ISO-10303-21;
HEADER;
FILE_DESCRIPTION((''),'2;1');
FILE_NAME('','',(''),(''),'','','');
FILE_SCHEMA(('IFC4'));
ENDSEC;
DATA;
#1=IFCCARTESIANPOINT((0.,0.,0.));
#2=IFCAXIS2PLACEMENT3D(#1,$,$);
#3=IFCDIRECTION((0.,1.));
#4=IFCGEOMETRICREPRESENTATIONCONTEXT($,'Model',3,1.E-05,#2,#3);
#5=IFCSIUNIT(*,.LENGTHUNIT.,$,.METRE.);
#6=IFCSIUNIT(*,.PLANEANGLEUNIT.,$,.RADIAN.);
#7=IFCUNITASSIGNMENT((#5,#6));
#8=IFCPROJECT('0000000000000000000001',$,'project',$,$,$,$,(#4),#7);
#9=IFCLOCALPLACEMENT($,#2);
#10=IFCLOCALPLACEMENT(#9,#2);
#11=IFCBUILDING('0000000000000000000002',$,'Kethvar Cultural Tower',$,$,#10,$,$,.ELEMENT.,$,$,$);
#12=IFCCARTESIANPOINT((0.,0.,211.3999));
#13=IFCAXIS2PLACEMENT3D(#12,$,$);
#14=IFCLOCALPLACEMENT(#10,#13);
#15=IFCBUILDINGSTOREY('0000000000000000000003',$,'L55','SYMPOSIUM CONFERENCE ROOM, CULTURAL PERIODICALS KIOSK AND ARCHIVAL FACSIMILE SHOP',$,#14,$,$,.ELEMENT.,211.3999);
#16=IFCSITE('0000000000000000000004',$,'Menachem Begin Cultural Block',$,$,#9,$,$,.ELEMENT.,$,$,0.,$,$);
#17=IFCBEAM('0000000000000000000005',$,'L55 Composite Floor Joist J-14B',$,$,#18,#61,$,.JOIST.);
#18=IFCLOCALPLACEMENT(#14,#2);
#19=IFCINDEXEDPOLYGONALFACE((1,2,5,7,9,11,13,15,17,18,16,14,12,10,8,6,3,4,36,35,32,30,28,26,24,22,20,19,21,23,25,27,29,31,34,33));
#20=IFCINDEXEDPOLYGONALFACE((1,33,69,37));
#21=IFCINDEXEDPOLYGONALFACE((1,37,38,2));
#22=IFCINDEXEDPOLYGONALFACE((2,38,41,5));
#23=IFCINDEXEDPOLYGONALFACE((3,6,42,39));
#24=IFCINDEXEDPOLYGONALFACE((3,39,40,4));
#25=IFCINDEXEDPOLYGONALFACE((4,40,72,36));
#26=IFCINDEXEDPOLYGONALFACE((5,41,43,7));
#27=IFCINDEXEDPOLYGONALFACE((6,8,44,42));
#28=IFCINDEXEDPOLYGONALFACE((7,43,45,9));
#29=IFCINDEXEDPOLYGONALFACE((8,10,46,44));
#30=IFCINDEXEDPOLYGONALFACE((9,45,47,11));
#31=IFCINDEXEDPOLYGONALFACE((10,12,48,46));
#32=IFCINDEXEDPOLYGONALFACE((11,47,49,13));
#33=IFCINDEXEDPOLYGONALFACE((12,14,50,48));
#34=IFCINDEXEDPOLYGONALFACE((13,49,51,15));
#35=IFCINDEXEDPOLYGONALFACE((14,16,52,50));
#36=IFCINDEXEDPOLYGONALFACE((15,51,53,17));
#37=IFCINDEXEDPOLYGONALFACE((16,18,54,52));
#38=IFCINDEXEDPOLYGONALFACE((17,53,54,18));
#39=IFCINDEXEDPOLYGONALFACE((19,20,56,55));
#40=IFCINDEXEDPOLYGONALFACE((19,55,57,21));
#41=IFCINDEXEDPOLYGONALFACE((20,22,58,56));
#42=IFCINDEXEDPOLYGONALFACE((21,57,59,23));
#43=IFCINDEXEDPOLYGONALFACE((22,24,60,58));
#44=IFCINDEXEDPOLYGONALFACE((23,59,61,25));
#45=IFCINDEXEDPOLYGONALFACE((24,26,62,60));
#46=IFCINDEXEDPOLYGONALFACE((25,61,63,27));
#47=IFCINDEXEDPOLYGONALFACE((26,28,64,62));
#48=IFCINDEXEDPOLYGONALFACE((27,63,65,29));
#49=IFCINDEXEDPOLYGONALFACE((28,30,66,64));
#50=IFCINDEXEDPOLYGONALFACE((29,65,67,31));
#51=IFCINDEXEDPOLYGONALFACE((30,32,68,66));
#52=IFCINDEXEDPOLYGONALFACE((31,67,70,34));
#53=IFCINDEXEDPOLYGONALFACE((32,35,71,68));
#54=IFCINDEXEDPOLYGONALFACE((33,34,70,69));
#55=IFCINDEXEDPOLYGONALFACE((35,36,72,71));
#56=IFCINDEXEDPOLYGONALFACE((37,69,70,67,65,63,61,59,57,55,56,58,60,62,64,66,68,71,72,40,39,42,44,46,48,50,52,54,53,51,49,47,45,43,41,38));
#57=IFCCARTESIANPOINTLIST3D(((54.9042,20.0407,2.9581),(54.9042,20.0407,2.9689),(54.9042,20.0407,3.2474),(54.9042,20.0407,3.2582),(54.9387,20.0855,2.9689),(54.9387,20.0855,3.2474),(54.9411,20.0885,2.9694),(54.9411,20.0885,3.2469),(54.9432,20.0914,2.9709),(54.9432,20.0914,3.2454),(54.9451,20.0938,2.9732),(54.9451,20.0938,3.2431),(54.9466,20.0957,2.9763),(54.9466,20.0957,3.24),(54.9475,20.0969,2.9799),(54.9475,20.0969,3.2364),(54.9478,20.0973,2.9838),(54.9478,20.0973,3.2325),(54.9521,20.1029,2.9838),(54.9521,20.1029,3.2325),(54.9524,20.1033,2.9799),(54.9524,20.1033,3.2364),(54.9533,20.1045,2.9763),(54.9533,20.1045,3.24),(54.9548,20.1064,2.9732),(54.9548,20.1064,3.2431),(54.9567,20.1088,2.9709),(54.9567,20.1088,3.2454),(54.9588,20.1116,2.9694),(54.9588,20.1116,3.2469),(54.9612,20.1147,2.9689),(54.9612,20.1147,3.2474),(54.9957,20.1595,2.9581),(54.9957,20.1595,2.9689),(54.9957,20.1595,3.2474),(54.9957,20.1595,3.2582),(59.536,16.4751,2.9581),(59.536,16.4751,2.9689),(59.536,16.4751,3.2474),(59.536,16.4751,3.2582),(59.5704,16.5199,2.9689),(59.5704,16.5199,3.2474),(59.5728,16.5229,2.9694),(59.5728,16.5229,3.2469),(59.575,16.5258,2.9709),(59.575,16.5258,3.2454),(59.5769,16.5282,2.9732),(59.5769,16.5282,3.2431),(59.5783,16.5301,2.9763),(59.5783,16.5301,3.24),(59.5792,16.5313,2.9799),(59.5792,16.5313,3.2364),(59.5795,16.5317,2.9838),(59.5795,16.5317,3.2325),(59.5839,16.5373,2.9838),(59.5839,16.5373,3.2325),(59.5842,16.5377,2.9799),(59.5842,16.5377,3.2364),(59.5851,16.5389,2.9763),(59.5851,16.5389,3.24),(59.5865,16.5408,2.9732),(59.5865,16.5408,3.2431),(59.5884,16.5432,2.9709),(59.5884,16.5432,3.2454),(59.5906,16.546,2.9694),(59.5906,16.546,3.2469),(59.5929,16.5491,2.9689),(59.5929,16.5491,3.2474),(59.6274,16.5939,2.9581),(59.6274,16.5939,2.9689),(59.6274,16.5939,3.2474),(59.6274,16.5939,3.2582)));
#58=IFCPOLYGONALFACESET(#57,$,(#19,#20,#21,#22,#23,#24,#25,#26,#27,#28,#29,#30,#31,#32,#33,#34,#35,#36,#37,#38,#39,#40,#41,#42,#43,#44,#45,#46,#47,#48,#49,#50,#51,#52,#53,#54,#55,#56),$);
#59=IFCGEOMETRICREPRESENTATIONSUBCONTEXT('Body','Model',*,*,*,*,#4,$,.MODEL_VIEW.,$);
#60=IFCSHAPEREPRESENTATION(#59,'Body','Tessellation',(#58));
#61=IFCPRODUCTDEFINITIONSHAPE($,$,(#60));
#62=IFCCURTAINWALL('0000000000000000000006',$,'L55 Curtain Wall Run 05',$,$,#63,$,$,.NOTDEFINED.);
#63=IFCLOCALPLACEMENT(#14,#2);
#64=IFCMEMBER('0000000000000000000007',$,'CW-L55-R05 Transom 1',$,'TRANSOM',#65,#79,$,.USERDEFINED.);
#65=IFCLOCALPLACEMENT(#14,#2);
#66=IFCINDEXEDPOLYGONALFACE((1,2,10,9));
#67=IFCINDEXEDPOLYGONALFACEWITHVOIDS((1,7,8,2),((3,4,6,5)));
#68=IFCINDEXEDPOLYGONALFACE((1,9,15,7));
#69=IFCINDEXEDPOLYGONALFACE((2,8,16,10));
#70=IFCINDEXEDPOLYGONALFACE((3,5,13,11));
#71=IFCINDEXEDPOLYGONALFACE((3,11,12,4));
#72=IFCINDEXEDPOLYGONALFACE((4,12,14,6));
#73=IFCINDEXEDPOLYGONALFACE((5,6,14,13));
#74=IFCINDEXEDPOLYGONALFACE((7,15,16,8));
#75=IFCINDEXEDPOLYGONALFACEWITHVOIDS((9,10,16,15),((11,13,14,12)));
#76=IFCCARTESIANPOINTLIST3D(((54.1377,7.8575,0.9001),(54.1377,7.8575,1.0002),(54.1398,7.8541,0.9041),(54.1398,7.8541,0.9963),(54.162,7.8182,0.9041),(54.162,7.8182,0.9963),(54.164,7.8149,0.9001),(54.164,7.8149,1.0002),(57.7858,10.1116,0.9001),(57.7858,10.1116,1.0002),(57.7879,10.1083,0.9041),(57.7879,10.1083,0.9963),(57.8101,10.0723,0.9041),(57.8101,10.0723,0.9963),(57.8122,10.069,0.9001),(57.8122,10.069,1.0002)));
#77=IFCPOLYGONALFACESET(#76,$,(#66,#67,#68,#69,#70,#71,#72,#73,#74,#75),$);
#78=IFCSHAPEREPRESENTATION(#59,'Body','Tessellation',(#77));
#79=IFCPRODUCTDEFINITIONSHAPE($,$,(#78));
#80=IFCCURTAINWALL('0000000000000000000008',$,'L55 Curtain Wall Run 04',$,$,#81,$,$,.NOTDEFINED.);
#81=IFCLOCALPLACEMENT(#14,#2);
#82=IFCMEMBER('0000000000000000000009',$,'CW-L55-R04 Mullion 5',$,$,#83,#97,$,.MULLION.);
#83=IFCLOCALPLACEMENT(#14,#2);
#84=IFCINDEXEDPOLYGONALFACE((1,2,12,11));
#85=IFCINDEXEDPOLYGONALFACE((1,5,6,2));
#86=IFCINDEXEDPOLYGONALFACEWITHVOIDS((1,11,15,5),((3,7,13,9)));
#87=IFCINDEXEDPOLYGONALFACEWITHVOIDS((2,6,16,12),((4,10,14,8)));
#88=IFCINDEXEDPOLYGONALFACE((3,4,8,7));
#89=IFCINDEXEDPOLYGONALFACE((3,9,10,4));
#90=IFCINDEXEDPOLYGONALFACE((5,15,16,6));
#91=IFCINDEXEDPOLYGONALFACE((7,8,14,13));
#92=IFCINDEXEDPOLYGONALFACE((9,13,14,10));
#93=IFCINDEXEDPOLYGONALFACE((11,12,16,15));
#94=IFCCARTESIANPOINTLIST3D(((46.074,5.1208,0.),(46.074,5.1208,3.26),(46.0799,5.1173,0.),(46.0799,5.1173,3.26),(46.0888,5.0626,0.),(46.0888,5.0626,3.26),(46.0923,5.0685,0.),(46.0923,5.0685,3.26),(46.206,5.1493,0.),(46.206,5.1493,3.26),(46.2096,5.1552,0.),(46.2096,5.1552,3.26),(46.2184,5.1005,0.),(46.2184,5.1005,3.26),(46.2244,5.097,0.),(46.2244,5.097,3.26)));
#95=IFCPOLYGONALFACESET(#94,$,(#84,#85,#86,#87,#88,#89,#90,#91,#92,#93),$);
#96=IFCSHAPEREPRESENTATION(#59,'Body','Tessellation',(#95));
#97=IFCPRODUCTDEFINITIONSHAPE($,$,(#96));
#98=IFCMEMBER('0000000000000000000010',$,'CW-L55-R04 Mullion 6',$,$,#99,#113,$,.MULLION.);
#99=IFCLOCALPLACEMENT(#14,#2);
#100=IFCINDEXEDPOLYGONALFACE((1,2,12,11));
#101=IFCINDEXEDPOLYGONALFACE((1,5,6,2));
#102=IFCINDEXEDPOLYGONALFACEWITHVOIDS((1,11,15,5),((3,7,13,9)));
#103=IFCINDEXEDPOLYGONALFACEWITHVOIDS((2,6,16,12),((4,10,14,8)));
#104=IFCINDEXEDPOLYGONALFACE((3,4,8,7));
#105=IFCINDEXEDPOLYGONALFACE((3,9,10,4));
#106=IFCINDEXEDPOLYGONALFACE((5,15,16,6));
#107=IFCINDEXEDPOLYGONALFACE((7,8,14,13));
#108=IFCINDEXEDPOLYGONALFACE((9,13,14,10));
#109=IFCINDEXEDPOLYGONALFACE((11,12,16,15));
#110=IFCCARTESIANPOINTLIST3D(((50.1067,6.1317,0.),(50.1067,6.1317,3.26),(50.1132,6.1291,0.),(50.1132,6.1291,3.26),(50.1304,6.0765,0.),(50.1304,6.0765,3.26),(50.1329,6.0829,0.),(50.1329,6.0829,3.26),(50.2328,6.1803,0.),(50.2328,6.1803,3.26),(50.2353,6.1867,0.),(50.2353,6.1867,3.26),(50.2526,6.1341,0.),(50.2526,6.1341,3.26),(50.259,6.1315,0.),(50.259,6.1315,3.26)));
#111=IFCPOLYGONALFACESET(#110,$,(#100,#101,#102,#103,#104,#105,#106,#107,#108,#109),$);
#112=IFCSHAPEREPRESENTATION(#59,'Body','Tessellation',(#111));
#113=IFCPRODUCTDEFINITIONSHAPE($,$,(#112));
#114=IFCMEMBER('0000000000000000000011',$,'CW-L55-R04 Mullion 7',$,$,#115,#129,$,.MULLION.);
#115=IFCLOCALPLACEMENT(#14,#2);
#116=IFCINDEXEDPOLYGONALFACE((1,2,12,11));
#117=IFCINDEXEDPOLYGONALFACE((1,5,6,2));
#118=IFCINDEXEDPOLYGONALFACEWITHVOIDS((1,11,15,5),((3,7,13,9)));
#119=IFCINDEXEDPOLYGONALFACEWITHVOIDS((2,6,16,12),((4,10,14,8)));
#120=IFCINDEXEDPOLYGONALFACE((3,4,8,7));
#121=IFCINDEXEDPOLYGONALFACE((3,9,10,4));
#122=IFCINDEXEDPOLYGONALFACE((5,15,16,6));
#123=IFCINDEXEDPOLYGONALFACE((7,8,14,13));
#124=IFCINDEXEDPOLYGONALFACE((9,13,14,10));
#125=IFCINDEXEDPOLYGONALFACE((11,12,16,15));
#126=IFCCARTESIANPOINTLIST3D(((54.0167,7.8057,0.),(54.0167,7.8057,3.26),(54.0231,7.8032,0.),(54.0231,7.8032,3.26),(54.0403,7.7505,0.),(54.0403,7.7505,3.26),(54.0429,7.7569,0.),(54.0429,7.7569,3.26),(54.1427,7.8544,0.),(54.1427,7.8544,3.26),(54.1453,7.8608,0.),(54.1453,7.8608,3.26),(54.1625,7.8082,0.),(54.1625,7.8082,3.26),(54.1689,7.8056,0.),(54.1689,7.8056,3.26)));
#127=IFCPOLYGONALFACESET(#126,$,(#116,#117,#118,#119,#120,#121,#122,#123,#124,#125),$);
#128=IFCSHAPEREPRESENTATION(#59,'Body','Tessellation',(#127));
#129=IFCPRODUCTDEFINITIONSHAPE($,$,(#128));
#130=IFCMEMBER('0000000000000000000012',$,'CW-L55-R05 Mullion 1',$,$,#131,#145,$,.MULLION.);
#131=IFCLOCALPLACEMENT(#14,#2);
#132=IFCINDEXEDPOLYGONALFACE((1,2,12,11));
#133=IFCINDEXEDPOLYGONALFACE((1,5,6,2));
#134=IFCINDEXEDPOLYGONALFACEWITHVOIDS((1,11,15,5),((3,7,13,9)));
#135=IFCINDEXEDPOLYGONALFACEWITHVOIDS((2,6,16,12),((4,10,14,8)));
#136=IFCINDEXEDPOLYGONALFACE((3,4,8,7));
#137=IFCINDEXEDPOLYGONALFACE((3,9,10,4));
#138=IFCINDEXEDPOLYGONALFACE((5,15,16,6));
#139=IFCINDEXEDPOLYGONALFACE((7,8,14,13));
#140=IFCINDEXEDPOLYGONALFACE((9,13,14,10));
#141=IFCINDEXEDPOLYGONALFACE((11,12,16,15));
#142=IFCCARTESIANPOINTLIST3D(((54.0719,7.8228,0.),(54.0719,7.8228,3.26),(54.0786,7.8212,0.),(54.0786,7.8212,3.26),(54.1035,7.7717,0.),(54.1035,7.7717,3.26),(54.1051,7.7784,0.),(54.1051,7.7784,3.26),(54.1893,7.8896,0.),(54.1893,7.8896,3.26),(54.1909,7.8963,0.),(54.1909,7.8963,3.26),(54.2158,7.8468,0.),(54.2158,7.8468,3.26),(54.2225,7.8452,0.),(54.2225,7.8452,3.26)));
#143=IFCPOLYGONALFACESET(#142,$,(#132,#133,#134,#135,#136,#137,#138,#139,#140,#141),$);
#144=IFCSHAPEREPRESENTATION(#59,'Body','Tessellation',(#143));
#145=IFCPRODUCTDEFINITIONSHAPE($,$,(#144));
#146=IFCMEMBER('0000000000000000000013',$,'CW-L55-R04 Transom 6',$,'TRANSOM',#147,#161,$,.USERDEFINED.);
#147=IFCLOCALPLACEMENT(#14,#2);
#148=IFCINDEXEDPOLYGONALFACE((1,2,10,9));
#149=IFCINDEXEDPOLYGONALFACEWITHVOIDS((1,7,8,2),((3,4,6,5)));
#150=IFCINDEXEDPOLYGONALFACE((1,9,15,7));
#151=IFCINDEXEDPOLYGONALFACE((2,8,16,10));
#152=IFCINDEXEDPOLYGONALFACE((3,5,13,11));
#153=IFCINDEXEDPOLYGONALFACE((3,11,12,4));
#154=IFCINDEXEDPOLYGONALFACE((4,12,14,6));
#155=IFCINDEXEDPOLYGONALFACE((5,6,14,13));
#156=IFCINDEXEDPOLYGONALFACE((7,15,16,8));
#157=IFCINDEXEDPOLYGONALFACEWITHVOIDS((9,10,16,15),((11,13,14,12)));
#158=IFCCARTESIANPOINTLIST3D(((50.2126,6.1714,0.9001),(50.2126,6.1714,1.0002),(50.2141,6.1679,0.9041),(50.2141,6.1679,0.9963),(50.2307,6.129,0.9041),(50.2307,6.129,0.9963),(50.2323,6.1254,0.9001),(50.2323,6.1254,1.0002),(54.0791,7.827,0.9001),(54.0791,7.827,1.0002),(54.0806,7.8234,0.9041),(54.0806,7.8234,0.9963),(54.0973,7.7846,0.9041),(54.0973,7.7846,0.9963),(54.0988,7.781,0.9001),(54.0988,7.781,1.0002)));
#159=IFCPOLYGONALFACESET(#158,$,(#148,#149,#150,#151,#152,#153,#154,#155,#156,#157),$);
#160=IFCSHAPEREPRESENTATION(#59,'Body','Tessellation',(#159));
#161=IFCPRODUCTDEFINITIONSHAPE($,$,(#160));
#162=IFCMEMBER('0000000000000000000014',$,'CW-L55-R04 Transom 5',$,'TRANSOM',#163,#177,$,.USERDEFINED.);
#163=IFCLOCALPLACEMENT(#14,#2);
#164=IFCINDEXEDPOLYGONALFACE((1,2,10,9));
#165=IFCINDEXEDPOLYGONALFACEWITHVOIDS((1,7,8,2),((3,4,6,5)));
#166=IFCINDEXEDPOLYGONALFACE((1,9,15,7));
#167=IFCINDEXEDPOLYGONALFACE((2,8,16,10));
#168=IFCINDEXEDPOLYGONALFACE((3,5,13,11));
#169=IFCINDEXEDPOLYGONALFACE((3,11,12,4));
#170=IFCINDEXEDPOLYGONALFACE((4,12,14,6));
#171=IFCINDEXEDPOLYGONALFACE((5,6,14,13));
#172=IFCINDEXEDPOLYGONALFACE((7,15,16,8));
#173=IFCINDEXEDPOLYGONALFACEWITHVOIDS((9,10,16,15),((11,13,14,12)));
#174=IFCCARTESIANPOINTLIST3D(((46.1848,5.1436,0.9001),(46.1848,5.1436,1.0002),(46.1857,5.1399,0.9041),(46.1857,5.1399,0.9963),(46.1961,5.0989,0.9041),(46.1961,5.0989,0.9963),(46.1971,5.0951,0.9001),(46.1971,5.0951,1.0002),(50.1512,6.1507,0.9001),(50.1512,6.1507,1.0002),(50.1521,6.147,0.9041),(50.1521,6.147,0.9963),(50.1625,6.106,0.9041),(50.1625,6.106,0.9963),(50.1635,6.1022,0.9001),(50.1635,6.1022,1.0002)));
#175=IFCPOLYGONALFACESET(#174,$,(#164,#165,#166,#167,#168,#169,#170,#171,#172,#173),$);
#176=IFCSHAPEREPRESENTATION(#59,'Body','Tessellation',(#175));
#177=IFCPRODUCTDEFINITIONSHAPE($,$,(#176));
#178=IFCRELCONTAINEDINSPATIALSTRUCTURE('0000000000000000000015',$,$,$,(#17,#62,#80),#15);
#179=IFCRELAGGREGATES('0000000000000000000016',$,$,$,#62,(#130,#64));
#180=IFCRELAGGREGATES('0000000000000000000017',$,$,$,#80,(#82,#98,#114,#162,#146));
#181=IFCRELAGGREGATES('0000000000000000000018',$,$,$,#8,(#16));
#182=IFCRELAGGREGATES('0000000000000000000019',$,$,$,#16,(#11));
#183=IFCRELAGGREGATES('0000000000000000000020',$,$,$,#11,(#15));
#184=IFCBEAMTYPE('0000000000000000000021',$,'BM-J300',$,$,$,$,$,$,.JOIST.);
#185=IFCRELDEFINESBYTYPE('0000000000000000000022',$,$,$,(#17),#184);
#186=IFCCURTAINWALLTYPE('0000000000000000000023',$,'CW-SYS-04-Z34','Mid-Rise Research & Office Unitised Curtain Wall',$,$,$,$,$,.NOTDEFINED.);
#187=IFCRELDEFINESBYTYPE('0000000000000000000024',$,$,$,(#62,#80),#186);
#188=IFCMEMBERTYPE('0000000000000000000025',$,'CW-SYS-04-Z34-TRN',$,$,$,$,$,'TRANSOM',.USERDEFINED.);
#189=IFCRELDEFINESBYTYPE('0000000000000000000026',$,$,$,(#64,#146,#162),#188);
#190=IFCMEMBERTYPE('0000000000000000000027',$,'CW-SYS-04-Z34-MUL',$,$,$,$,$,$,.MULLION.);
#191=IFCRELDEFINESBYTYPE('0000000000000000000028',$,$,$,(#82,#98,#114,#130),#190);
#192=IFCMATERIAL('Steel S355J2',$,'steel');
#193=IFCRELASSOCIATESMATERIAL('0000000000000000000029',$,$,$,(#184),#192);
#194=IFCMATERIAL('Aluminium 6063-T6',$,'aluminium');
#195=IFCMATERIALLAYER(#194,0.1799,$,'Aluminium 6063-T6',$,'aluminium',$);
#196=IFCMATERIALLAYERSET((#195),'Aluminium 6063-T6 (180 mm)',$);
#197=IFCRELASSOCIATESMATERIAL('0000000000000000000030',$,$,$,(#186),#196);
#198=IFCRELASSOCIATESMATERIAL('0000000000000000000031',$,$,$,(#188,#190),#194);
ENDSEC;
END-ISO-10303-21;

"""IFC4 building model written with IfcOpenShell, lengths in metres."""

from ifc_helpers import new_model, si_unit, direction, frame, origin, origin_2d, place, context, subcontext, project, spatial, hollow_rectangle, i_section, extrude, source, transform, mapped, material, layer, layer_set, material_profile, profile_set, type_object, element, aggregate, save


model = new_model("IFC4")

# Units and contexts
model_context = context("Model", 3, precision=1e-05, world=origin(), true_north=direction((0.0, 1.0)))
body_context = subcontext(model_context, "Body", "Model", "MODEL_VIEW")
ifc_project = project(units=[si_unit("LENGTHUNIT", "METRE"), si_unit("PLANEANGLEUNIT", "RADIAN")], contexts=[model_context])

# Site, building, storey
site_placement = place(None, origin())
site = spatial("IfcSite", under=ifc_project, at=site_placement, Name="Menachem Begin Cultural Block", CompositionType="ELEMENT", RefElevation=0.0)
building_placement = place(site_placement, origin())
building = spatial("IfcBuilding", under=site, at=building_placement, Name="Kethvar Cultural Tower", CompositionType="ELEMENT")
storey_placement = place(building_placement, frame((0.0, 0.0, 211.3999)))
storey = spatial("IfcBuildingStorey", under=building, at=storey_placement, Name="L55", Description="SYMPOSIUM CONFERENCE ROOM, CULTURAL PERIODICALS KIOSK AND ARCHIVAL FACSIMILE SHOP", CompositionType="ELEMENT", Elevation=211.3999)

# Beam
ifc_material_1 = material(Name="Steel S355J2", Category="steel")
ifc_material_profile_1 = material_profile(ifc_material_1, i_section(OverallWidth=0.1499, OverallDepth=0.3, WebThickness=0.0071, FlangeThickness=0.0107, FilletRadius=0.0149, at=origin_2d()), Name="Steel S355J2 — IPE300")
ifc_profile_set_1 = profile_set([ifc_material_profile_1], Name="Steel S355J2 — IPE300")
beam_type_1 = type_object("IfcBeamType", Name="BM-J300", PredefinedType="JOIST", material=ifc_profile_set_1)
shared_shape_1 = source(origin(), body_context, "Body", "SweptSolid", [
    extrude(i_section(OverallWidth=0.1499, OverallDepth=0.3, WebThickness=0.0071, FlangeThickness=0.0107, FilletRadius=0.0149, at=origin_2d()), origin(), (0.0, 0.0, 1.0), 5.8452),
])
beam_1_placement = place(storey_placement, frame((54.95, 20.1001, 3.1082), z_axis=(0.792399, -0.610003, 0.0), x_axis=(0.610003, 0.792399, 0.0)))
element("IfcBeam", 1, at=beam_1_placement, inside=storey, type_object=beam_type_1, Name="L55 Composite Floor Joist J-14B", PredefinedType="JOIST", context=body_context, shape_type="MappedRepresentation", body=[
    mapped(shared_shape_1, transform((0.0, 0.0, 0.0), scale=1.0)),
])

# Curtain wall, member
ifc_material_2 = material(Name="Aluminium 6063-T6", Category="aluminium")
ifc_layer_1 = layer(ifc_material_2, 0.1799, Name="Aluminium 6063-T6", Category="aluminium")
ifc_layer_set_1 = layer_set([ifc_layer_1], Name="Aluminium 6063-T6 (180 mm)")
curtain_wall_type = type_object("IfcCurtainWallType", Name="CW-SYS-04-Z34", Description="Mid-Rise Research & Office Unitised Curtain Wall", PredefinedType="NOTDEFINED", material=ifc_layer_set_1)
curtain_wall_1_placement = place(storey_placement, origin())
curtain_wall_1 = element("IfcCurtainWall", 2, at=curtain_wall_1_placement, inside=storey, type_object=curtain_wall_type, Name="L55 Curtain Wall Run 05", PredefinedType="NOTDEFINED")
ifc_material_profile_2 = material_profile(ifc_material_2, hollow_rectangle(XDim=0.05, YDim=0.1001, WallThickness=0.0039, at=origin_2d()), Name="Aluminium 6063-T6 — RHS100x50x4")
ifc_profile_set_2 = profile_set([ifc_material_profile_2], Name="Aluminium 6063-T6 — RHS100x50x4")
member_type_1 = type_object("IfcMemberType", Name="CW-SYS-04-Z34-TRN", ElementType="TRANSOM", PredefinedType="USERDEFINED", material=ifc_profile_set_2)
shared_shape_2 = source(origin(), body_context, "Body", "SweptSolid", [
    extrude(hollow_rectangle(XDim=0.05, YDim=0.1001, WallThickness=0.0039, at=origin_2d()), origin(), (0.0, 0.0, 1.0), 4.2883),
])
member_1_placement = place(storey_placement, frame((54.1509, 7.8362, 0.9502), z_axis=(0.850709, 0.525637, 0.0), x_axis=(-0.525637, 0.850709, 0.0)))
member_1 = element("IfcMember", 3, at=member_1_placement, type_object=member_type_1, Name="CW-L55-R05 Transom 1", ObjectType="TRANSOM", PredefinedType="USERDEFINED", context=body_context, shape_type="MappedRepresentation", body=[
    mapped(shared_shape_2, transform((0.0, 0.0, 0.0), scale=1.0)),
])

# Curtain wall, members
curtain_wall_2_placement = place(storey_placement, origin())
curtain_wall_2 = element("IfcCurtainWall", 4, at=curtain_wall_2_placement, inside=storey, type_object=curtain_wall_type, Name="L55 Curtain Wall Run 04", PredefinedType="NOTDEFINED")
ifc_material_profile_3 = material_profile(ifc_material_2, hollow_rectangle(XDim=0.0601, YDim=0.1399, WallThickness=0.0049, at=origin_2d()), Name="Aluminium 6063-T6 — RHS140x60x5")
ifc_profile_set_3 = profile_set([ifc_material_profile_3], Name="Aluminium 6063-T6 — RHS140x60x5")
member_type_2 = type_object("IfcMemberType", Name="CW-SYS-04-Z34-MUL", PredefinedType="MULLION", material=ifc_profile_set_3)
shared_shape_3 = source(origin(), body_context, "Body", "SweptSolid", [
    extrude(hollow_rectangle(XDim=0.0601, YDim=0.1399, WallThickness=0.0049, at=origin_2d()), origin(), (0.0, 0.0, 1.0), 3.26),
])
member_2_placement = place(storey_placement, frame((46.1492, 5.1089, 0.0), z_axis=(0.0, 0.0, 1.0), x_axis=(-0.246052, 0.969257, 0.0)))
member_2 = element("IfcMember", 5, at=member_2_placement, type_object=member_type_2, Name="CW-L55-R04 Mullion 5", PredefinedType="MULLION", context=body_context, shape_type="MappedRepresentation", body=[
    mapped(shared_shape_3, transform((0.0, 0.0, 0.0), scale=1.0)),
])
member_3_placement = place(storey_placement, frame((50.1829, 6.1316, 0.0), z_axis=(0.0, 0.0, 1.0), x_axis=(-0.393605, 0.91928, 0.0)))
member_3 = element("IfcMember", 6, at=member_3_placement, type_object=member_type_2, Name="CW-L55-R04 Mullion 6", PredefinedType="MULLION", context=body_context, shape_type="MappedRepresentation", body=[
    mapped(shared_shape_3, transform((0.0, 0.0, 0.0), scale=1.0)),
])
member_4_placement = place(storey_placement, frame((54.0928, 7.8057, 0.0), z_axis=(0.0, 0.0, 1.0), x_axis=(-0.393605, 0.91928, 0.0)))
member_4 = element("IfcMember", 7, at=member_4_placement, type_object=member_type_2, Name="CW-L55-R04 Mullion 7", PredefinedType="MULLION", context=body_context, shape_type="MappedRepresentation", body=[
    mapped(shared_shape_3, transform((0.0, 0.0, 0.0), scale=1.0)),
])

# Members
member_5_placement = place(storey_placement, frame((54.1472, 7.834, 0.0), z_axis=(0.0, 0.0, 1.0), x_axis=(-0.525635, 0.85071, 0.0)))
member_5 = element("IfcMember", 8, at=member_5_placement, type_object=member_type_2, Name="CW-L55-R05 Mullion 1", PredefinedType="MULLION", context=body_context, shape_type="MappedRepresentation", body=[
    mapped(shared_shape_3, transform((0.0, 0.0, 0.0), scale=1.0)),
])
aggregate(curtain_wall_1, [member_5, member_1])
shared_shape_4 = source(origin(), body_context, "Body", "SweptSolid", [
    extrude(hollow_rectangle(XDim=0.05, YDim=0.1001, WallThickness=0.0039, at=origin_2d()), origin(), (0.0, 0.0, 1.0), 4.2061),
])
member_6_placement = place(storey_placement, frame((50.2224, 6.1484, 0.9502), z_axis=(0.919277, 0.393611, 0.0), x_axis=(-0.393611, 0.919277, 0.0)))
member_6 = element("IfcMember", 9, at=member_6_placement, type_object=member_type_1, Name="CW-L55-R04 Transom 6", ObjectType="TRANSOM", PredefinedType="USERDEFINED", context=body_context, shape_type="MappedRepresentation", body=[
    mapped(shared_shape_4, transform((0.0, 0.0, 0.0), scale=1.0)),
])
shared_shape_5 = source(origin(), body_context, "Body", "SweptSolid", [
    extrude(hollow_rectangle(XDim=0.05, YDim=0.1001, WallThickness=0.0039, at=origin_2d()), origin(), (0.0, 0.0, 1.0), 4.0923),
])
member_7_placement = place(storey_placement, frame((46.1909, 5.1194, 0.9502), z_axis=(0.969245, 0.2461, 0.0), x_axis=(-0.2461, 0.969245, 0.0)))
member_7 = element("IfcMember", 10, at=member_7_placement, type_object=member_type_1, Name="CW-L55-R04 Transom 5", ObjectType="TRANSOM", PredefinedType="USERDEFINED", context=body_context, shape_type="MappedRepresentation", body=[
    mapped(shared_shape_5, transform((0.0, 0.0, 0.0), scale=1.0)),
])

aggregate(curtain_wall_2, [member_2, member_3, member_4, member_7, member_6])

save(model, "model.ifc")
